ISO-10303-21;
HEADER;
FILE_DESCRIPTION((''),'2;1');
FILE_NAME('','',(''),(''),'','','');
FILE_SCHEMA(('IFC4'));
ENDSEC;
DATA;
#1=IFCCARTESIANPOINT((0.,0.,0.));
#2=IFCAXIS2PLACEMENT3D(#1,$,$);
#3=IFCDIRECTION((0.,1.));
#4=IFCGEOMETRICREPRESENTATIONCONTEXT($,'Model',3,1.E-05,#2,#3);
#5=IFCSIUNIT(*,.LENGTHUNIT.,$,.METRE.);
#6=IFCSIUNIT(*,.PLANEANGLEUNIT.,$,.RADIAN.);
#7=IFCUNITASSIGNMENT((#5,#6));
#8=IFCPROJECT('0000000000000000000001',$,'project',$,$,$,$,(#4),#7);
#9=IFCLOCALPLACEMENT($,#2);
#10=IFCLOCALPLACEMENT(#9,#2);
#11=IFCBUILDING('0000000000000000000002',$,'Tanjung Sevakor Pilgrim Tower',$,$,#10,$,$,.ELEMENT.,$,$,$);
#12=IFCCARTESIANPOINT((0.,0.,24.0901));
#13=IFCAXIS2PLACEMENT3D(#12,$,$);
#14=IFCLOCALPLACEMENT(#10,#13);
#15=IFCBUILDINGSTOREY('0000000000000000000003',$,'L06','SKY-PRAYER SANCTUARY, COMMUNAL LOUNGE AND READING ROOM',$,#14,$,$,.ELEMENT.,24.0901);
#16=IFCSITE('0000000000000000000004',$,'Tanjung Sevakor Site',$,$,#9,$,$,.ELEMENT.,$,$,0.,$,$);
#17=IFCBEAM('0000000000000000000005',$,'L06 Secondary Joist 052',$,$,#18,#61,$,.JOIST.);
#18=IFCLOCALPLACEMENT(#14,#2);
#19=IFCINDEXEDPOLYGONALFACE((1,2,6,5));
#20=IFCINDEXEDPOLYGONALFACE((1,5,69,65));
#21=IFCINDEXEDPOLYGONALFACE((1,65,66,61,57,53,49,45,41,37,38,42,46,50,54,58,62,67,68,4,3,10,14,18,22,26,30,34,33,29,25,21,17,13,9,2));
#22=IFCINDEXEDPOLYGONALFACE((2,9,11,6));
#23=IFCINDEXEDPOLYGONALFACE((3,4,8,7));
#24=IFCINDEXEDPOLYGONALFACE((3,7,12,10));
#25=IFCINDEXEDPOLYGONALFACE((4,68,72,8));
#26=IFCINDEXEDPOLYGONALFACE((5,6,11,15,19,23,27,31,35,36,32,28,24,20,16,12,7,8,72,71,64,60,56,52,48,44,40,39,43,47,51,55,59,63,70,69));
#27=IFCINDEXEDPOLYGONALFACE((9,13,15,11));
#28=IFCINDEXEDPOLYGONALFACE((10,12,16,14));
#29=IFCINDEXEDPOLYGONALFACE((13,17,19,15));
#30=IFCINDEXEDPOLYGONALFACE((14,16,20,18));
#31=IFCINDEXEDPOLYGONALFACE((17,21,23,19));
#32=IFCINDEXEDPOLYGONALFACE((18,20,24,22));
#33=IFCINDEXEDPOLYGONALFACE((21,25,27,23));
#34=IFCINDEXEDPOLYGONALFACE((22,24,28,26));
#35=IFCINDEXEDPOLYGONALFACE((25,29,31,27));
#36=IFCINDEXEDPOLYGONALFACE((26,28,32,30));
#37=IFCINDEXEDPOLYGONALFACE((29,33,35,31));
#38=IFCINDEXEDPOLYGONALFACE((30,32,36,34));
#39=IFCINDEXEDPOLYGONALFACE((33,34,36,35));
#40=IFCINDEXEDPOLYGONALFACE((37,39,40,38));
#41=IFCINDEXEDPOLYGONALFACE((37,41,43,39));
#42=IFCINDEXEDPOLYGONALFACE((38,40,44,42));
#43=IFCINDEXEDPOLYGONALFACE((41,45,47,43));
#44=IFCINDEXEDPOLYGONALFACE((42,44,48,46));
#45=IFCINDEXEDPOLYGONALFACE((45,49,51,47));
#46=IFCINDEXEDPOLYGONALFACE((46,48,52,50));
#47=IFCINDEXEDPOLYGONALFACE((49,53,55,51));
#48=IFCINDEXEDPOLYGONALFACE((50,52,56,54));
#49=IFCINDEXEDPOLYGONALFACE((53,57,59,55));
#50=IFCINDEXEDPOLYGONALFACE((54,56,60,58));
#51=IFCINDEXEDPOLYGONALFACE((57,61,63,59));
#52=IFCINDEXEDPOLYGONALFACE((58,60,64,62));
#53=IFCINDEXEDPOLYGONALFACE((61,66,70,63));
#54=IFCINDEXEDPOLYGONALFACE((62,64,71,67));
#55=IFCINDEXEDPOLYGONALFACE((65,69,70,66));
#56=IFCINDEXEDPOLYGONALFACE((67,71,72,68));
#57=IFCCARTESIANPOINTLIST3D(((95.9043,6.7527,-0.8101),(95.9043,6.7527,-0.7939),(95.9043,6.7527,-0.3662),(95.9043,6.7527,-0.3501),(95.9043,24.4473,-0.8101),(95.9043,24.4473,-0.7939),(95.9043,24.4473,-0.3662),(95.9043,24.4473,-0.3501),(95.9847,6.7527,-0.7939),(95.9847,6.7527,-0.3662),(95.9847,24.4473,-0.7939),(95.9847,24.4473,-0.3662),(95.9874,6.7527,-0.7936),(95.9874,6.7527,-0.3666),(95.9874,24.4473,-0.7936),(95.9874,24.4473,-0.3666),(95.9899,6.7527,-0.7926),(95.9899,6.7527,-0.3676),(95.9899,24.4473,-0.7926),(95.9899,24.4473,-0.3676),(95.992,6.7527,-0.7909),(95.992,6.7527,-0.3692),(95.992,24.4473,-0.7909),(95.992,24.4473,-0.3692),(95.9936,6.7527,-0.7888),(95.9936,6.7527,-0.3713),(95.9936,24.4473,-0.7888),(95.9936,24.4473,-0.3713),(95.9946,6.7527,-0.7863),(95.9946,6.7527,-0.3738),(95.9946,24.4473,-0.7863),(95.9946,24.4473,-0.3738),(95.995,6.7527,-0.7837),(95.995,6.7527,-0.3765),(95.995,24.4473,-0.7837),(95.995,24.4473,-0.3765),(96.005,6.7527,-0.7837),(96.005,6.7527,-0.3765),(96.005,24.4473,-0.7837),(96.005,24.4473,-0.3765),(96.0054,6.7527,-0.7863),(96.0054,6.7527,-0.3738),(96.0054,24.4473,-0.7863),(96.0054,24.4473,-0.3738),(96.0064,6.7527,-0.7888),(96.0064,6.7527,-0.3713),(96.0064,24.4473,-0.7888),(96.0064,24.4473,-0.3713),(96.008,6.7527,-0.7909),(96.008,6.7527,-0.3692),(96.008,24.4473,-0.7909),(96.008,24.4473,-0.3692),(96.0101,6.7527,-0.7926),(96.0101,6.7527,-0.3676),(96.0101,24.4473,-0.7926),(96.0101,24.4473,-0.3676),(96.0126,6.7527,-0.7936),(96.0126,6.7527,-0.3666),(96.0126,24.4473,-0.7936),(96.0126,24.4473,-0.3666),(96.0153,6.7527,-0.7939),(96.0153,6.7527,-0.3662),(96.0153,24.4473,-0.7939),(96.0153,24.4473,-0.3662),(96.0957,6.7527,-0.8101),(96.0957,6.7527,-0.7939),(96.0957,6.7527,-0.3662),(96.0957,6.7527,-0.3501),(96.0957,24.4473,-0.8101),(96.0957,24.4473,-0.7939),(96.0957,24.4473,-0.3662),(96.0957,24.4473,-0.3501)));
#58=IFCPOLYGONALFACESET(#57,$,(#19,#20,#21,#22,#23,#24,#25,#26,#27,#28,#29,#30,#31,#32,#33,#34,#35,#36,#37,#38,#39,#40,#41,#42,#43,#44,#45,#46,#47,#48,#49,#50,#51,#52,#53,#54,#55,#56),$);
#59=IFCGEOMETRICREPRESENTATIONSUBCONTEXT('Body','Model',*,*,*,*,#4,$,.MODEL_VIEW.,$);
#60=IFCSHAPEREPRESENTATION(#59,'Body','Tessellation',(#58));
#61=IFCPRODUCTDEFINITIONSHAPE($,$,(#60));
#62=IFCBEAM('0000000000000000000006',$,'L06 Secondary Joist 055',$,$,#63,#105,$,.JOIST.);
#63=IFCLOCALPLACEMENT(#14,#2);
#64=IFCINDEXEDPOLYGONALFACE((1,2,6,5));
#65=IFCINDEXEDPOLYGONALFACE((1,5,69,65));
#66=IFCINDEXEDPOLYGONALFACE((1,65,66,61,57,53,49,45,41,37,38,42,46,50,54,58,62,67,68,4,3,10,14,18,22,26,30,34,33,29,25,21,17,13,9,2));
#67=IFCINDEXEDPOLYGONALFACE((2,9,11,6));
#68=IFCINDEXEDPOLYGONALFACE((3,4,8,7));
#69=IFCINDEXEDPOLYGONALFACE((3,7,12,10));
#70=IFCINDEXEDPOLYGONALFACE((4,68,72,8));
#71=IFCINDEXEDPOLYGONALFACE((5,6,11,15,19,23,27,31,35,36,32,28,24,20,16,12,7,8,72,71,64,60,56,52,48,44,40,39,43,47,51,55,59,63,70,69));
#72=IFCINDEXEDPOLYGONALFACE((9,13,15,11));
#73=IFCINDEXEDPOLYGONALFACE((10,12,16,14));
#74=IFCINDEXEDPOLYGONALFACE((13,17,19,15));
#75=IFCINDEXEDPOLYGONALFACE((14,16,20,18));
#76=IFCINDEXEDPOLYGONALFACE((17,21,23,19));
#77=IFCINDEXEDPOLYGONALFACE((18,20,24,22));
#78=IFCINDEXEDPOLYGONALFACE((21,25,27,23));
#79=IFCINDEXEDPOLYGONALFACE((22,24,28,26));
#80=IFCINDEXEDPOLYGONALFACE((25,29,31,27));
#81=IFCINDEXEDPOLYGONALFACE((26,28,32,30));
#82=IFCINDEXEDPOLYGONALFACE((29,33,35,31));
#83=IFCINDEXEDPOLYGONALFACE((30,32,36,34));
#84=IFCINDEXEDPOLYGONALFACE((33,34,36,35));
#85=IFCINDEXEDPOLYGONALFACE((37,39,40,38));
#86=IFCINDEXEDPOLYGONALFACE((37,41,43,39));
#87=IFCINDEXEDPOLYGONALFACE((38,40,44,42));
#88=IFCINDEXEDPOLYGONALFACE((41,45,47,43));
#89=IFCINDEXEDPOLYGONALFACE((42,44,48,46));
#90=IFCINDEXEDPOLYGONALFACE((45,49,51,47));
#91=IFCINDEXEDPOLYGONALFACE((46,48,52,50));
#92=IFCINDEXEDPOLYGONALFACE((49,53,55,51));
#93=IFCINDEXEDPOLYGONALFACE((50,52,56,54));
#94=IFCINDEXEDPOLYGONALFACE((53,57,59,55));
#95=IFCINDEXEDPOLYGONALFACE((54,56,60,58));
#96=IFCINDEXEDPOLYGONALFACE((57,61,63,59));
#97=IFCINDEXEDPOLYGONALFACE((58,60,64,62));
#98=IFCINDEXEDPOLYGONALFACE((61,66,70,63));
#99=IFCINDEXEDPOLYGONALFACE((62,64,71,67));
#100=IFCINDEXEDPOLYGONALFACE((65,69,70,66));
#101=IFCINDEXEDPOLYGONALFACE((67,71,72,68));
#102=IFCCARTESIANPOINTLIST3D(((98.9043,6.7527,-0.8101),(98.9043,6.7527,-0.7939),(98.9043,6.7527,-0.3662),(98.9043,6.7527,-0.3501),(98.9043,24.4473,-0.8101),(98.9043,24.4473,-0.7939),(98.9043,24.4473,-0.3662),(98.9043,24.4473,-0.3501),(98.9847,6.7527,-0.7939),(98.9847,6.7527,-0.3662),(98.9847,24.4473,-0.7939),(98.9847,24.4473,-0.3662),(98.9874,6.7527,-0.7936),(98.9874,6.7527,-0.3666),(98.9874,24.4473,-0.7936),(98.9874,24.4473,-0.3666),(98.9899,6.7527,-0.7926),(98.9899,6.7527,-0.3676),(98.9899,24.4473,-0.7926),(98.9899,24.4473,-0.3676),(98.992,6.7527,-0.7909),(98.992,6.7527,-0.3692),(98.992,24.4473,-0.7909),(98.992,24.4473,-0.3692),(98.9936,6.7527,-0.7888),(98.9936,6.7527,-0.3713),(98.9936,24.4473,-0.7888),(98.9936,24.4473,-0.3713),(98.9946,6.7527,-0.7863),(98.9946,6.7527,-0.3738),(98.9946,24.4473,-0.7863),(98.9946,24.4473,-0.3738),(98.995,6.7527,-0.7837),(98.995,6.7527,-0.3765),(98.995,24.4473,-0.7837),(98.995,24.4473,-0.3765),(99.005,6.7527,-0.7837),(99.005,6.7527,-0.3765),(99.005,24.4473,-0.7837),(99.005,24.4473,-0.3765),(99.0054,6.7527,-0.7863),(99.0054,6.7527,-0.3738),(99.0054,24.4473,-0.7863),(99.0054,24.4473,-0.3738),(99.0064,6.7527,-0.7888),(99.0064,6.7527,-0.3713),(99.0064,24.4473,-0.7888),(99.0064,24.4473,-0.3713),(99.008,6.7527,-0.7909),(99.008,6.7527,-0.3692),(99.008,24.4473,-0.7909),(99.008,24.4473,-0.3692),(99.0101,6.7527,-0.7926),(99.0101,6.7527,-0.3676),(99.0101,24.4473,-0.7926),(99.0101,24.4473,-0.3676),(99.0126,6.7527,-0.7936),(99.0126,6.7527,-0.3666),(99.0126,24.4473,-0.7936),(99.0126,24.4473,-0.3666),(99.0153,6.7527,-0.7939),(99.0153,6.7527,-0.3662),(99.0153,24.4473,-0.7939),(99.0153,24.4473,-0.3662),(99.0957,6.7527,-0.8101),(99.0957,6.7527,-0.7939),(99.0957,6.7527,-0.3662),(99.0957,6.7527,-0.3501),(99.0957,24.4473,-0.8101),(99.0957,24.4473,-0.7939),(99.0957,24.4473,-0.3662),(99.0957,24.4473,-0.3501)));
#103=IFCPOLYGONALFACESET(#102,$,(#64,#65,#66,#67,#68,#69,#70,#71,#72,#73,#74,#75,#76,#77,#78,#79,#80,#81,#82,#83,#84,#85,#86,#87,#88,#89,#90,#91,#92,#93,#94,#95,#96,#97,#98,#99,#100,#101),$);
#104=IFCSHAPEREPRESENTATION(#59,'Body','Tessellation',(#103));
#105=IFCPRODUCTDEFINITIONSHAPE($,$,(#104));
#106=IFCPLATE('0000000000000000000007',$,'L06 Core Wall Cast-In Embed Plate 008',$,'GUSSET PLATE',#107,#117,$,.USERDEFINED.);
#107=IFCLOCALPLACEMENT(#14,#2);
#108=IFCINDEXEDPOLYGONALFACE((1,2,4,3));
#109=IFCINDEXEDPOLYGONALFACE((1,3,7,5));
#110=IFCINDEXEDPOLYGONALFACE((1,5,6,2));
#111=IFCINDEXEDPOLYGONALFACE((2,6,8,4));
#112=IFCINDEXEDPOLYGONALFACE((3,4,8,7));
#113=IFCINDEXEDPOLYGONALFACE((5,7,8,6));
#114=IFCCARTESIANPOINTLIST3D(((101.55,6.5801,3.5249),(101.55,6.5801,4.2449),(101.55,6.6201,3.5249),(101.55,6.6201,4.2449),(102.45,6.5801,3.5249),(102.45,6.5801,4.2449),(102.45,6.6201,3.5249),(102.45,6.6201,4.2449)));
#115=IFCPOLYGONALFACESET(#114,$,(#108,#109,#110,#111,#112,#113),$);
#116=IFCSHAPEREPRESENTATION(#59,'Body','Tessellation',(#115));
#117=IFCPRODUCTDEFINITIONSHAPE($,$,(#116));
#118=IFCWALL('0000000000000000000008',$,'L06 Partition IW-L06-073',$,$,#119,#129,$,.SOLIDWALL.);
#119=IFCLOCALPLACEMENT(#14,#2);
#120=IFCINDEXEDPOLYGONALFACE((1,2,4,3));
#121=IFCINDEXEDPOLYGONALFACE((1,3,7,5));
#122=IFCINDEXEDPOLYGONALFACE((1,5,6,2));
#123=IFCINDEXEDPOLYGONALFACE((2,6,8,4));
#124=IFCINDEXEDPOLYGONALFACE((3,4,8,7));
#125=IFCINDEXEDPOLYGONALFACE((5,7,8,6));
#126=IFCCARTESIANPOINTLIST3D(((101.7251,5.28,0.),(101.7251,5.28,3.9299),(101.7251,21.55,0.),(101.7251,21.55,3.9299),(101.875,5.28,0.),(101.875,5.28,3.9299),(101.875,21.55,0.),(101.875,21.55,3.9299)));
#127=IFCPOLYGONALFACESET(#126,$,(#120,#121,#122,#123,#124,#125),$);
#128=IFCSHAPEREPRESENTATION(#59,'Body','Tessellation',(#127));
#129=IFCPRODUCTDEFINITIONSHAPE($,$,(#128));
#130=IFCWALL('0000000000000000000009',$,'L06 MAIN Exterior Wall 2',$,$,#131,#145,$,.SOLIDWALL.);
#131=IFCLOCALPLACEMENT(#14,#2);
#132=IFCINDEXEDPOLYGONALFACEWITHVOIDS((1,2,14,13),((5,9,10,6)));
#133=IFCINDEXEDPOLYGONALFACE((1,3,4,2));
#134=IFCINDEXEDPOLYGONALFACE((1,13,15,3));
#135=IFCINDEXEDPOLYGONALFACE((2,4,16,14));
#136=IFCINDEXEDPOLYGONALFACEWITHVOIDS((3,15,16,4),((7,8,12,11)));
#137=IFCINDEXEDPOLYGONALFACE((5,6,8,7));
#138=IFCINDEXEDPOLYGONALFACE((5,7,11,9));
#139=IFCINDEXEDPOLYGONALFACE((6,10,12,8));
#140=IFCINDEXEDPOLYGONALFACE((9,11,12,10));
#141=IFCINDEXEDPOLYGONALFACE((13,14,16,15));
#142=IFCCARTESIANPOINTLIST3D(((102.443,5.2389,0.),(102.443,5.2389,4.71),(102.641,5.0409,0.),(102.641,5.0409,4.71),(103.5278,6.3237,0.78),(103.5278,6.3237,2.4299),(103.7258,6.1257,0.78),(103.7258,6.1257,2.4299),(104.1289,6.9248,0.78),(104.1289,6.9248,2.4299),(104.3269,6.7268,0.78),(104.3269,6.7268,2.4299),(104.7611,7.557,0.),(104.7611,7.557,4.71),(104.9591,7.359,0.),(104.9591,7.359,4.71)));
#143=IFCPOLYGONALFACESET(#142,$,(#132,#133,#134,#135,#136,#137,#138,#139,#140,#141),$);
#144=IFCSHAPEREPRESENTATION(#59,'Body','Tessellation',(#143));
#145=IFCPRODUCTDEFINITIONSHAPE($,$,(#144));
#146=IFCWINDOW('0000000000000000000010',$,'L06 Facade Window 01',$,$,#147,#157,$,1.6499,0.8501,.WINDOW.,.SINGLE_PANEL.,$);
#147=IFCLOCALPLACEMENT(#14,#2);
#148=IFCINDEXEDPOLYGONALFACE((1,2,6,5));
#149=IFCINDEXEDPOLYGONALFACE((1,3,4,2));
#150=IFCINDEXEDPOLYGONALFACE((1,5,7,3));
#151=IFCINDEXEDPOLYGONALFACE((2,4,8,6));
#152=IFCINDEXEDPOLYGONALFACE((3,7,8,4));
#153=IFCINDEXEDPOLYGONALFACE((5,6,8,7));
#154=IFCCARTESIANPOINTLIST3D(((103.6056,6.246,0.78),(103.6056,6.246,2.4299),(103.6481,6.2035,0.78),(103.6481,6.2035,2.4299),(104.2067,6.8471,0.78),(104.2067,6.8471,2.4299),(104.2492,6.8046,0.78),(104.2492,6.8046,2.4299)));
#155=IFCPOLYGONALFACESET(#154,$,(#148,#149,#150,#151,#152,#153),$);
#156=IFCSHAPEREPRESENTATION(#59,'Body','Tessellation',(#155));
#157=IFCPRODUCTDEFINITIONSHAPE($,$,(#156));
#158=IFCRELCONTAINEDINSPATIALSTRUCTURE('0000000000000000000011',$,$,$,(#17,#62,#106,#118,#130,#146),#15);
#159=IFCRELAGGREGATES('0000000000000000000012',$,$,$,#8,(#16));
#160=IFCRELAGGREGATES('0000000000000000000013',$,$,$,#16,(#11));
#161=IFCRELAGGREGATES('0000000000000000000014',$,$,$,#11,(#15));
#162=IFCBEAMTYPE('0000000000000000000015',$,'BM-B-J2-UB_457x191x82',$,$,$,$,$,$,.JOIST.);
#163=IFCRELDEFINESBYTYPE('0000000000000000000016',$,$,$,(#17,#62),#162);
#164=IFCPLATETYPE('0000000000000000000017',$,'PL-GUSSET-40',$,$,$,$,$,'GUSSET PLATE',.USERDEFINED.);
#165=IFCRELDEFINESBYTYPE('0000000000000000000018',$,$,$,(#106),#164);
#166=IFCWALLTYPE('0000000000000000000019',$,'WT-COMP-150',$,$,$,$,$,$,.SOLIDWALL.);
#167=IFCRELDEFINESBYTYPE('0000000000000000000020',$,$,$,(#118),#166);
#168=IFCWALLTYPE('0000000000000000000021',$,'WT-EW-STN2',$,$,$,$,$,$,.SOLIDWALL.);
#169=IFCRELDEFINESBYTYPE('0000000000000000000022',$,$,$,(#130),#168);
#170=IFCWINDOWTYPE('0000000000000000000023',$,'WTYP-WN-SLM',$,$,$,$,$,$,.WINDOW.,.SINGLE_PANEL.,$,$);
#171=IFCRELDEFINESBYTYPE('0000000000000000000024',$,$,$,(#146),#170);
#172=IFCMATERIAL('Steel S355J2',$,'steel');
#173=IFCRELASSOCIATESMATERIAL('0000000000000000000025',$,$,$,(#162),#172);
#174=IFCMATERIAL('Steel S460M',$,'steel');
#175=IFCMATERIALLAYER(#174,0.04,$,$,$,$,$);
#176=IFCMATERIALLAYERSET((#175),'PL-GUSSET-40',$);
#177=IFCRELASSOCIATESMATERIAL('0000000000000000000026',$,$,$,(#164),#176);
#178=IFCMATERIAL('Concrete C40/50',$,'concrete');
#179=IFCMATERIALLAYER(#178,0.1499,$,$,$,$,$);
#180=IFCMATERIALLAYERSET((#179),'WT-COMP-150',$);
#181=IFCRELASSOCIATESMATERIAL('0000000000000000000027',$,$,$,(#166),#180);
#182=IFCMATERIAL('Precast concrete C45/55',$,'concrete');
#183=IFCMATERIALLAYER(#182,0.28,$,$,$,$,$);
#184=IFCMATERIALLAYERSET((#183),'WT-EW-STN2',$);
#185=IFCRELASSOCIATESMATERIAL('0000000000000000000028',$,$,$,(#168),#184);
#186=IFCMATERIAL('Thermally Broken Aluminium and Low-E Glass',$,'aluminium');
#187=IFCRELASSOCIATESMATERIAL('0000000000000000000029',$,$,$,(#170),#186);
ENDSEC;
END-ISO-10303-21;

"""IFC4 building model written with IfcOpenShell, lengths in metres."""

from ifc_helpers import new_model, si_unit, direction, frame, frame_2d, origin, origin_2d, place, context, subcontext, project, spatial, rectangle, i_section, extrude, material, layer, layer_set, material_profile, profile_set, type_object, element, fill, save


model = new_model("IFC4")

# Units and contexts
model_context = context("Model", 3, precision=1e-05, world=origin(), true_north=direction((0.0, 1.0)))
body_context = subcontext(model_context, "Body", "Model", "MODEL_VIEW")
ifc_project = project(units=[si_unit("LENGTHUNIT", "METRE"), si_unit("PLANEANGLEUNIT", "RADIAN")], contexts=[model_context])

# Site, building, storey
site_placement = place(None, origin())
site = spatial("IfcSite", under=ifc_project, at=site_placement, Name="Tanjung Sevakor Site", CompositionType="ELEMENT", RefElevation=0.0)
building_placement = place(site_placement, origin())
building = spatial("IfcBuilding", under=site, at=building_placement, Name="Tanjung Sevakor Pilgrim Tower", CompositionType="ELEMENT")
storey_placement = place(building_placement, frame((0.0, 0.0, 24.0901)))
storey = spatial("IfcBuildingStorey", under=building, at=storey_placement, Name="L06", Description="SKY-PRAYER SANCTUARY, COMMUNAL LOUNGE AND READING ROOM", CompositionType="ELEMENT", Elevation=24.0901)

# Beams
ifc_material_1 = material(Name="Steel S355J2", Category="steel")
ifc_material_profile_1 = material_profile(ifc_material_1, i_section(OverallWidth=0.1914, OverallDepth=0.46, WebThickness=0.01, FlangeThickness=0.0161, FilletRadius=0.0103, at=origin_2d()))
ifc_profile_set_1 = profile_set([ifc_material_profile_1], Name="Steel S355J2")
beam_type_1 = type_object("IfcBeamType", Name="BM-B-J2-UB_457x191x82", PredefinedType="JOIST", material=ifc_profile_set_1)
for number, where, z_axis, x_axis, name in (
    (1, (96.0, 6.7527, -0.5801), (0.0, 1.0, 0.0), (-1.0, 0.0, 0.0), "L06 Secondary Joist 052"),
    (2, (99.0, 6.7527, -0.5801), (0.0, 1.0, 0.0), (-1.0, 0.0, 0.0), "L06 Secondary Joist 055"),
):
    element("IfcBeam", number, at=place(storey_placement, frame(where, z_axis=z_axis, x_axis=x_axis)), inside=storey, type_object=beam_type_1, Name=name, PredefinedType="JOIST", context=body_context, shape_type="SweptSolid", body=[
        extrude(i_section(OverallWidth=0.1914, OverallDepth=0.46, WebThickness=0.01, FlangeThickness=0.0161, FilletRadius=0.0103, at=origin_2d()), origin(), (0.0, 0.0, 1.0), 17.6946),
    ])

# Plate
ifc_material_2 = material(Name="Steel S460M", Category="steel")
ifc_layer_1 = layer(ifc_material_2, 0.04)
ifc_layer_set_1 = layer_set([ifc_layer_1], Name="PL-GUSSET-40")
plate_type = type_object("IfcPlateType", Name="PL-GUSSET-40", ElementType="GUSSET PLATE", PredefinedType="USERDEFINED", material=ifc_layer_set_1)
plate_placement = place(storey_placement, frame((102.0, 6.6001, 3.5249), z_axis=(0.0, 0.0, 1.0), x_axis=(1.0, 0.0, 0.0)))
element("IfcPlate", 3, at=plate_placement, inside=storey, type_object=plate_type, Name="L06 Core Wall Cast-In Embed Plate 008", ObjectType="GUSSET PLATE", PredefinedType="USERDEFINED", context=body_context, shape_type="SweptSolid", body=[
    extrude(rectangle(XDim=0.8999, YDim=0.04, at=origin_2d()), origin(), (0.0, 0.0, 1.0), 0.72),
])

# Wall
ifc_material_3 = material(Name="Concrete C40/50", Category="concrete")
ifc_layer_2 = layer(ifc_material_3, 0.1499)
ifc_layer_set_2 = layer_set([ifc_layer_2], Name="WT-COMP-150")
wall_type_1 = type_object("IfcWallType", Name="WT-COMP-150", PredefinedType="SOLIDWALL", material=ifc_layer_set_2)
wall_1_placement = place(storey_placement, frame((101.8, 5.28, 0.0), z_axis=(0.0, 0.0, 1.0), x_axis=(0.0, 1.0, 0.0)))
element("IfcWall", 4, at=wall_1_placement, inside=storey, type_object=wall_type_1, Name="L06 Partition IW-L06-073", PredefinedType="SOLIDWALL", context=body_context, shape_type="SweptSolid", body=[
    extrude(rectangle(XDim=16.27, YDim=0.1499, at=frame_2d((8.135, 0.0))), origin(), (0.0, 0.0, 1.0), 3.9299),
])

# Wall, opening, window
ifc_material_4 = material(Name="Precast concrete C45/55", Category="concrete")
ifc_layer_3 = layer(ifc_material_4, 0.28)
ifc_layer_set_3 = layer_set([ifc_layer_3], Name="WT-EW-STN2")
wall_type_2 = type_object("IfcWallType", Name="WT-EW-STN2", PredefinedType="SOLIDWALL", material=ifc_layer_set_3)
wall_2_placement = place(storey_placement, frame((102.542, 5.1399, 0.0), z_axis=(0.0, 0.0, 1.0), x_axis=(0.707107, 0.707107, 0.0)))
wall_2 = element("IfcWall", 5, at=wall_2_placement, inside=storey, type_object=wall_type_2, Name="L06 MAIN Exterior Wall 2", PredefinedType="SOLIDWALL", context=body_context, shape_type="SweptSolid", body=[
    extrude(rectangle(XDim=3.2783, YDim=0.28, at=frame_2d((1.6392, 0.0))), origin(), (0.0, 0.0, 1.0), 4.71),
])
opening_1_placement = place(wall_2_placement, frame((1.5342, 0.0, 0.78)))
opening_1 = element("IfcOpeningElement", 6, at=opening_1_placement, cuts=wall_2, PredefinedType="OPENING", context=body_context, shape_type="SweptSolid", body=[
    extrude(rectangle(XDim=0.8501, YDim=1.6499, at=frame_2d((0.425, 0.825))), frame((0.0, 0.1499, 0.0), z_axis=(0.0, -1.0, 0.0), x_axis=(1.0, 0.0, 0.0)), (0.0, 0.0, 1.0), 0.3),
])
ifc_material_5 = material(Name="Thermally Broken Aluminium and Low-E Glass", Category="aluminium")
window_type_1 = type_object("IfcWindowType", Name="WTYP-WN-SLM", PartitioningType="SINGLE_PANEL", PredefinedType="WINDOW", material=ifc_material_5)
window_1_placement = place(opening_1_placement, origin())
window_1 = element("IfcWindow", 7, at=window_1_placement, inside=storey, type_object=window_type_1, Name="L06 Facade Window 01", OverallHeight=1.6499, OverallWidth=0.8501, PartitioningType="SINGLE_PANEL", PredefinedType="WINDOW", context=body_context, shape_type="SweptSolid", body=[
    extrude(rectangle(XDim=0.8501, YDim=1.6499, at=frame_2d((0.425, 0.825))), frame((0.0, 0.03, 0.0), z_axis=(0.0, -1.0, 0.0), x_axis=(1.0, 0.0, 0.0)), (0.0, 0.0, 1.0), 0.0601),
])
fill(opening_1, window_1)

save(model, "model.ifc")
